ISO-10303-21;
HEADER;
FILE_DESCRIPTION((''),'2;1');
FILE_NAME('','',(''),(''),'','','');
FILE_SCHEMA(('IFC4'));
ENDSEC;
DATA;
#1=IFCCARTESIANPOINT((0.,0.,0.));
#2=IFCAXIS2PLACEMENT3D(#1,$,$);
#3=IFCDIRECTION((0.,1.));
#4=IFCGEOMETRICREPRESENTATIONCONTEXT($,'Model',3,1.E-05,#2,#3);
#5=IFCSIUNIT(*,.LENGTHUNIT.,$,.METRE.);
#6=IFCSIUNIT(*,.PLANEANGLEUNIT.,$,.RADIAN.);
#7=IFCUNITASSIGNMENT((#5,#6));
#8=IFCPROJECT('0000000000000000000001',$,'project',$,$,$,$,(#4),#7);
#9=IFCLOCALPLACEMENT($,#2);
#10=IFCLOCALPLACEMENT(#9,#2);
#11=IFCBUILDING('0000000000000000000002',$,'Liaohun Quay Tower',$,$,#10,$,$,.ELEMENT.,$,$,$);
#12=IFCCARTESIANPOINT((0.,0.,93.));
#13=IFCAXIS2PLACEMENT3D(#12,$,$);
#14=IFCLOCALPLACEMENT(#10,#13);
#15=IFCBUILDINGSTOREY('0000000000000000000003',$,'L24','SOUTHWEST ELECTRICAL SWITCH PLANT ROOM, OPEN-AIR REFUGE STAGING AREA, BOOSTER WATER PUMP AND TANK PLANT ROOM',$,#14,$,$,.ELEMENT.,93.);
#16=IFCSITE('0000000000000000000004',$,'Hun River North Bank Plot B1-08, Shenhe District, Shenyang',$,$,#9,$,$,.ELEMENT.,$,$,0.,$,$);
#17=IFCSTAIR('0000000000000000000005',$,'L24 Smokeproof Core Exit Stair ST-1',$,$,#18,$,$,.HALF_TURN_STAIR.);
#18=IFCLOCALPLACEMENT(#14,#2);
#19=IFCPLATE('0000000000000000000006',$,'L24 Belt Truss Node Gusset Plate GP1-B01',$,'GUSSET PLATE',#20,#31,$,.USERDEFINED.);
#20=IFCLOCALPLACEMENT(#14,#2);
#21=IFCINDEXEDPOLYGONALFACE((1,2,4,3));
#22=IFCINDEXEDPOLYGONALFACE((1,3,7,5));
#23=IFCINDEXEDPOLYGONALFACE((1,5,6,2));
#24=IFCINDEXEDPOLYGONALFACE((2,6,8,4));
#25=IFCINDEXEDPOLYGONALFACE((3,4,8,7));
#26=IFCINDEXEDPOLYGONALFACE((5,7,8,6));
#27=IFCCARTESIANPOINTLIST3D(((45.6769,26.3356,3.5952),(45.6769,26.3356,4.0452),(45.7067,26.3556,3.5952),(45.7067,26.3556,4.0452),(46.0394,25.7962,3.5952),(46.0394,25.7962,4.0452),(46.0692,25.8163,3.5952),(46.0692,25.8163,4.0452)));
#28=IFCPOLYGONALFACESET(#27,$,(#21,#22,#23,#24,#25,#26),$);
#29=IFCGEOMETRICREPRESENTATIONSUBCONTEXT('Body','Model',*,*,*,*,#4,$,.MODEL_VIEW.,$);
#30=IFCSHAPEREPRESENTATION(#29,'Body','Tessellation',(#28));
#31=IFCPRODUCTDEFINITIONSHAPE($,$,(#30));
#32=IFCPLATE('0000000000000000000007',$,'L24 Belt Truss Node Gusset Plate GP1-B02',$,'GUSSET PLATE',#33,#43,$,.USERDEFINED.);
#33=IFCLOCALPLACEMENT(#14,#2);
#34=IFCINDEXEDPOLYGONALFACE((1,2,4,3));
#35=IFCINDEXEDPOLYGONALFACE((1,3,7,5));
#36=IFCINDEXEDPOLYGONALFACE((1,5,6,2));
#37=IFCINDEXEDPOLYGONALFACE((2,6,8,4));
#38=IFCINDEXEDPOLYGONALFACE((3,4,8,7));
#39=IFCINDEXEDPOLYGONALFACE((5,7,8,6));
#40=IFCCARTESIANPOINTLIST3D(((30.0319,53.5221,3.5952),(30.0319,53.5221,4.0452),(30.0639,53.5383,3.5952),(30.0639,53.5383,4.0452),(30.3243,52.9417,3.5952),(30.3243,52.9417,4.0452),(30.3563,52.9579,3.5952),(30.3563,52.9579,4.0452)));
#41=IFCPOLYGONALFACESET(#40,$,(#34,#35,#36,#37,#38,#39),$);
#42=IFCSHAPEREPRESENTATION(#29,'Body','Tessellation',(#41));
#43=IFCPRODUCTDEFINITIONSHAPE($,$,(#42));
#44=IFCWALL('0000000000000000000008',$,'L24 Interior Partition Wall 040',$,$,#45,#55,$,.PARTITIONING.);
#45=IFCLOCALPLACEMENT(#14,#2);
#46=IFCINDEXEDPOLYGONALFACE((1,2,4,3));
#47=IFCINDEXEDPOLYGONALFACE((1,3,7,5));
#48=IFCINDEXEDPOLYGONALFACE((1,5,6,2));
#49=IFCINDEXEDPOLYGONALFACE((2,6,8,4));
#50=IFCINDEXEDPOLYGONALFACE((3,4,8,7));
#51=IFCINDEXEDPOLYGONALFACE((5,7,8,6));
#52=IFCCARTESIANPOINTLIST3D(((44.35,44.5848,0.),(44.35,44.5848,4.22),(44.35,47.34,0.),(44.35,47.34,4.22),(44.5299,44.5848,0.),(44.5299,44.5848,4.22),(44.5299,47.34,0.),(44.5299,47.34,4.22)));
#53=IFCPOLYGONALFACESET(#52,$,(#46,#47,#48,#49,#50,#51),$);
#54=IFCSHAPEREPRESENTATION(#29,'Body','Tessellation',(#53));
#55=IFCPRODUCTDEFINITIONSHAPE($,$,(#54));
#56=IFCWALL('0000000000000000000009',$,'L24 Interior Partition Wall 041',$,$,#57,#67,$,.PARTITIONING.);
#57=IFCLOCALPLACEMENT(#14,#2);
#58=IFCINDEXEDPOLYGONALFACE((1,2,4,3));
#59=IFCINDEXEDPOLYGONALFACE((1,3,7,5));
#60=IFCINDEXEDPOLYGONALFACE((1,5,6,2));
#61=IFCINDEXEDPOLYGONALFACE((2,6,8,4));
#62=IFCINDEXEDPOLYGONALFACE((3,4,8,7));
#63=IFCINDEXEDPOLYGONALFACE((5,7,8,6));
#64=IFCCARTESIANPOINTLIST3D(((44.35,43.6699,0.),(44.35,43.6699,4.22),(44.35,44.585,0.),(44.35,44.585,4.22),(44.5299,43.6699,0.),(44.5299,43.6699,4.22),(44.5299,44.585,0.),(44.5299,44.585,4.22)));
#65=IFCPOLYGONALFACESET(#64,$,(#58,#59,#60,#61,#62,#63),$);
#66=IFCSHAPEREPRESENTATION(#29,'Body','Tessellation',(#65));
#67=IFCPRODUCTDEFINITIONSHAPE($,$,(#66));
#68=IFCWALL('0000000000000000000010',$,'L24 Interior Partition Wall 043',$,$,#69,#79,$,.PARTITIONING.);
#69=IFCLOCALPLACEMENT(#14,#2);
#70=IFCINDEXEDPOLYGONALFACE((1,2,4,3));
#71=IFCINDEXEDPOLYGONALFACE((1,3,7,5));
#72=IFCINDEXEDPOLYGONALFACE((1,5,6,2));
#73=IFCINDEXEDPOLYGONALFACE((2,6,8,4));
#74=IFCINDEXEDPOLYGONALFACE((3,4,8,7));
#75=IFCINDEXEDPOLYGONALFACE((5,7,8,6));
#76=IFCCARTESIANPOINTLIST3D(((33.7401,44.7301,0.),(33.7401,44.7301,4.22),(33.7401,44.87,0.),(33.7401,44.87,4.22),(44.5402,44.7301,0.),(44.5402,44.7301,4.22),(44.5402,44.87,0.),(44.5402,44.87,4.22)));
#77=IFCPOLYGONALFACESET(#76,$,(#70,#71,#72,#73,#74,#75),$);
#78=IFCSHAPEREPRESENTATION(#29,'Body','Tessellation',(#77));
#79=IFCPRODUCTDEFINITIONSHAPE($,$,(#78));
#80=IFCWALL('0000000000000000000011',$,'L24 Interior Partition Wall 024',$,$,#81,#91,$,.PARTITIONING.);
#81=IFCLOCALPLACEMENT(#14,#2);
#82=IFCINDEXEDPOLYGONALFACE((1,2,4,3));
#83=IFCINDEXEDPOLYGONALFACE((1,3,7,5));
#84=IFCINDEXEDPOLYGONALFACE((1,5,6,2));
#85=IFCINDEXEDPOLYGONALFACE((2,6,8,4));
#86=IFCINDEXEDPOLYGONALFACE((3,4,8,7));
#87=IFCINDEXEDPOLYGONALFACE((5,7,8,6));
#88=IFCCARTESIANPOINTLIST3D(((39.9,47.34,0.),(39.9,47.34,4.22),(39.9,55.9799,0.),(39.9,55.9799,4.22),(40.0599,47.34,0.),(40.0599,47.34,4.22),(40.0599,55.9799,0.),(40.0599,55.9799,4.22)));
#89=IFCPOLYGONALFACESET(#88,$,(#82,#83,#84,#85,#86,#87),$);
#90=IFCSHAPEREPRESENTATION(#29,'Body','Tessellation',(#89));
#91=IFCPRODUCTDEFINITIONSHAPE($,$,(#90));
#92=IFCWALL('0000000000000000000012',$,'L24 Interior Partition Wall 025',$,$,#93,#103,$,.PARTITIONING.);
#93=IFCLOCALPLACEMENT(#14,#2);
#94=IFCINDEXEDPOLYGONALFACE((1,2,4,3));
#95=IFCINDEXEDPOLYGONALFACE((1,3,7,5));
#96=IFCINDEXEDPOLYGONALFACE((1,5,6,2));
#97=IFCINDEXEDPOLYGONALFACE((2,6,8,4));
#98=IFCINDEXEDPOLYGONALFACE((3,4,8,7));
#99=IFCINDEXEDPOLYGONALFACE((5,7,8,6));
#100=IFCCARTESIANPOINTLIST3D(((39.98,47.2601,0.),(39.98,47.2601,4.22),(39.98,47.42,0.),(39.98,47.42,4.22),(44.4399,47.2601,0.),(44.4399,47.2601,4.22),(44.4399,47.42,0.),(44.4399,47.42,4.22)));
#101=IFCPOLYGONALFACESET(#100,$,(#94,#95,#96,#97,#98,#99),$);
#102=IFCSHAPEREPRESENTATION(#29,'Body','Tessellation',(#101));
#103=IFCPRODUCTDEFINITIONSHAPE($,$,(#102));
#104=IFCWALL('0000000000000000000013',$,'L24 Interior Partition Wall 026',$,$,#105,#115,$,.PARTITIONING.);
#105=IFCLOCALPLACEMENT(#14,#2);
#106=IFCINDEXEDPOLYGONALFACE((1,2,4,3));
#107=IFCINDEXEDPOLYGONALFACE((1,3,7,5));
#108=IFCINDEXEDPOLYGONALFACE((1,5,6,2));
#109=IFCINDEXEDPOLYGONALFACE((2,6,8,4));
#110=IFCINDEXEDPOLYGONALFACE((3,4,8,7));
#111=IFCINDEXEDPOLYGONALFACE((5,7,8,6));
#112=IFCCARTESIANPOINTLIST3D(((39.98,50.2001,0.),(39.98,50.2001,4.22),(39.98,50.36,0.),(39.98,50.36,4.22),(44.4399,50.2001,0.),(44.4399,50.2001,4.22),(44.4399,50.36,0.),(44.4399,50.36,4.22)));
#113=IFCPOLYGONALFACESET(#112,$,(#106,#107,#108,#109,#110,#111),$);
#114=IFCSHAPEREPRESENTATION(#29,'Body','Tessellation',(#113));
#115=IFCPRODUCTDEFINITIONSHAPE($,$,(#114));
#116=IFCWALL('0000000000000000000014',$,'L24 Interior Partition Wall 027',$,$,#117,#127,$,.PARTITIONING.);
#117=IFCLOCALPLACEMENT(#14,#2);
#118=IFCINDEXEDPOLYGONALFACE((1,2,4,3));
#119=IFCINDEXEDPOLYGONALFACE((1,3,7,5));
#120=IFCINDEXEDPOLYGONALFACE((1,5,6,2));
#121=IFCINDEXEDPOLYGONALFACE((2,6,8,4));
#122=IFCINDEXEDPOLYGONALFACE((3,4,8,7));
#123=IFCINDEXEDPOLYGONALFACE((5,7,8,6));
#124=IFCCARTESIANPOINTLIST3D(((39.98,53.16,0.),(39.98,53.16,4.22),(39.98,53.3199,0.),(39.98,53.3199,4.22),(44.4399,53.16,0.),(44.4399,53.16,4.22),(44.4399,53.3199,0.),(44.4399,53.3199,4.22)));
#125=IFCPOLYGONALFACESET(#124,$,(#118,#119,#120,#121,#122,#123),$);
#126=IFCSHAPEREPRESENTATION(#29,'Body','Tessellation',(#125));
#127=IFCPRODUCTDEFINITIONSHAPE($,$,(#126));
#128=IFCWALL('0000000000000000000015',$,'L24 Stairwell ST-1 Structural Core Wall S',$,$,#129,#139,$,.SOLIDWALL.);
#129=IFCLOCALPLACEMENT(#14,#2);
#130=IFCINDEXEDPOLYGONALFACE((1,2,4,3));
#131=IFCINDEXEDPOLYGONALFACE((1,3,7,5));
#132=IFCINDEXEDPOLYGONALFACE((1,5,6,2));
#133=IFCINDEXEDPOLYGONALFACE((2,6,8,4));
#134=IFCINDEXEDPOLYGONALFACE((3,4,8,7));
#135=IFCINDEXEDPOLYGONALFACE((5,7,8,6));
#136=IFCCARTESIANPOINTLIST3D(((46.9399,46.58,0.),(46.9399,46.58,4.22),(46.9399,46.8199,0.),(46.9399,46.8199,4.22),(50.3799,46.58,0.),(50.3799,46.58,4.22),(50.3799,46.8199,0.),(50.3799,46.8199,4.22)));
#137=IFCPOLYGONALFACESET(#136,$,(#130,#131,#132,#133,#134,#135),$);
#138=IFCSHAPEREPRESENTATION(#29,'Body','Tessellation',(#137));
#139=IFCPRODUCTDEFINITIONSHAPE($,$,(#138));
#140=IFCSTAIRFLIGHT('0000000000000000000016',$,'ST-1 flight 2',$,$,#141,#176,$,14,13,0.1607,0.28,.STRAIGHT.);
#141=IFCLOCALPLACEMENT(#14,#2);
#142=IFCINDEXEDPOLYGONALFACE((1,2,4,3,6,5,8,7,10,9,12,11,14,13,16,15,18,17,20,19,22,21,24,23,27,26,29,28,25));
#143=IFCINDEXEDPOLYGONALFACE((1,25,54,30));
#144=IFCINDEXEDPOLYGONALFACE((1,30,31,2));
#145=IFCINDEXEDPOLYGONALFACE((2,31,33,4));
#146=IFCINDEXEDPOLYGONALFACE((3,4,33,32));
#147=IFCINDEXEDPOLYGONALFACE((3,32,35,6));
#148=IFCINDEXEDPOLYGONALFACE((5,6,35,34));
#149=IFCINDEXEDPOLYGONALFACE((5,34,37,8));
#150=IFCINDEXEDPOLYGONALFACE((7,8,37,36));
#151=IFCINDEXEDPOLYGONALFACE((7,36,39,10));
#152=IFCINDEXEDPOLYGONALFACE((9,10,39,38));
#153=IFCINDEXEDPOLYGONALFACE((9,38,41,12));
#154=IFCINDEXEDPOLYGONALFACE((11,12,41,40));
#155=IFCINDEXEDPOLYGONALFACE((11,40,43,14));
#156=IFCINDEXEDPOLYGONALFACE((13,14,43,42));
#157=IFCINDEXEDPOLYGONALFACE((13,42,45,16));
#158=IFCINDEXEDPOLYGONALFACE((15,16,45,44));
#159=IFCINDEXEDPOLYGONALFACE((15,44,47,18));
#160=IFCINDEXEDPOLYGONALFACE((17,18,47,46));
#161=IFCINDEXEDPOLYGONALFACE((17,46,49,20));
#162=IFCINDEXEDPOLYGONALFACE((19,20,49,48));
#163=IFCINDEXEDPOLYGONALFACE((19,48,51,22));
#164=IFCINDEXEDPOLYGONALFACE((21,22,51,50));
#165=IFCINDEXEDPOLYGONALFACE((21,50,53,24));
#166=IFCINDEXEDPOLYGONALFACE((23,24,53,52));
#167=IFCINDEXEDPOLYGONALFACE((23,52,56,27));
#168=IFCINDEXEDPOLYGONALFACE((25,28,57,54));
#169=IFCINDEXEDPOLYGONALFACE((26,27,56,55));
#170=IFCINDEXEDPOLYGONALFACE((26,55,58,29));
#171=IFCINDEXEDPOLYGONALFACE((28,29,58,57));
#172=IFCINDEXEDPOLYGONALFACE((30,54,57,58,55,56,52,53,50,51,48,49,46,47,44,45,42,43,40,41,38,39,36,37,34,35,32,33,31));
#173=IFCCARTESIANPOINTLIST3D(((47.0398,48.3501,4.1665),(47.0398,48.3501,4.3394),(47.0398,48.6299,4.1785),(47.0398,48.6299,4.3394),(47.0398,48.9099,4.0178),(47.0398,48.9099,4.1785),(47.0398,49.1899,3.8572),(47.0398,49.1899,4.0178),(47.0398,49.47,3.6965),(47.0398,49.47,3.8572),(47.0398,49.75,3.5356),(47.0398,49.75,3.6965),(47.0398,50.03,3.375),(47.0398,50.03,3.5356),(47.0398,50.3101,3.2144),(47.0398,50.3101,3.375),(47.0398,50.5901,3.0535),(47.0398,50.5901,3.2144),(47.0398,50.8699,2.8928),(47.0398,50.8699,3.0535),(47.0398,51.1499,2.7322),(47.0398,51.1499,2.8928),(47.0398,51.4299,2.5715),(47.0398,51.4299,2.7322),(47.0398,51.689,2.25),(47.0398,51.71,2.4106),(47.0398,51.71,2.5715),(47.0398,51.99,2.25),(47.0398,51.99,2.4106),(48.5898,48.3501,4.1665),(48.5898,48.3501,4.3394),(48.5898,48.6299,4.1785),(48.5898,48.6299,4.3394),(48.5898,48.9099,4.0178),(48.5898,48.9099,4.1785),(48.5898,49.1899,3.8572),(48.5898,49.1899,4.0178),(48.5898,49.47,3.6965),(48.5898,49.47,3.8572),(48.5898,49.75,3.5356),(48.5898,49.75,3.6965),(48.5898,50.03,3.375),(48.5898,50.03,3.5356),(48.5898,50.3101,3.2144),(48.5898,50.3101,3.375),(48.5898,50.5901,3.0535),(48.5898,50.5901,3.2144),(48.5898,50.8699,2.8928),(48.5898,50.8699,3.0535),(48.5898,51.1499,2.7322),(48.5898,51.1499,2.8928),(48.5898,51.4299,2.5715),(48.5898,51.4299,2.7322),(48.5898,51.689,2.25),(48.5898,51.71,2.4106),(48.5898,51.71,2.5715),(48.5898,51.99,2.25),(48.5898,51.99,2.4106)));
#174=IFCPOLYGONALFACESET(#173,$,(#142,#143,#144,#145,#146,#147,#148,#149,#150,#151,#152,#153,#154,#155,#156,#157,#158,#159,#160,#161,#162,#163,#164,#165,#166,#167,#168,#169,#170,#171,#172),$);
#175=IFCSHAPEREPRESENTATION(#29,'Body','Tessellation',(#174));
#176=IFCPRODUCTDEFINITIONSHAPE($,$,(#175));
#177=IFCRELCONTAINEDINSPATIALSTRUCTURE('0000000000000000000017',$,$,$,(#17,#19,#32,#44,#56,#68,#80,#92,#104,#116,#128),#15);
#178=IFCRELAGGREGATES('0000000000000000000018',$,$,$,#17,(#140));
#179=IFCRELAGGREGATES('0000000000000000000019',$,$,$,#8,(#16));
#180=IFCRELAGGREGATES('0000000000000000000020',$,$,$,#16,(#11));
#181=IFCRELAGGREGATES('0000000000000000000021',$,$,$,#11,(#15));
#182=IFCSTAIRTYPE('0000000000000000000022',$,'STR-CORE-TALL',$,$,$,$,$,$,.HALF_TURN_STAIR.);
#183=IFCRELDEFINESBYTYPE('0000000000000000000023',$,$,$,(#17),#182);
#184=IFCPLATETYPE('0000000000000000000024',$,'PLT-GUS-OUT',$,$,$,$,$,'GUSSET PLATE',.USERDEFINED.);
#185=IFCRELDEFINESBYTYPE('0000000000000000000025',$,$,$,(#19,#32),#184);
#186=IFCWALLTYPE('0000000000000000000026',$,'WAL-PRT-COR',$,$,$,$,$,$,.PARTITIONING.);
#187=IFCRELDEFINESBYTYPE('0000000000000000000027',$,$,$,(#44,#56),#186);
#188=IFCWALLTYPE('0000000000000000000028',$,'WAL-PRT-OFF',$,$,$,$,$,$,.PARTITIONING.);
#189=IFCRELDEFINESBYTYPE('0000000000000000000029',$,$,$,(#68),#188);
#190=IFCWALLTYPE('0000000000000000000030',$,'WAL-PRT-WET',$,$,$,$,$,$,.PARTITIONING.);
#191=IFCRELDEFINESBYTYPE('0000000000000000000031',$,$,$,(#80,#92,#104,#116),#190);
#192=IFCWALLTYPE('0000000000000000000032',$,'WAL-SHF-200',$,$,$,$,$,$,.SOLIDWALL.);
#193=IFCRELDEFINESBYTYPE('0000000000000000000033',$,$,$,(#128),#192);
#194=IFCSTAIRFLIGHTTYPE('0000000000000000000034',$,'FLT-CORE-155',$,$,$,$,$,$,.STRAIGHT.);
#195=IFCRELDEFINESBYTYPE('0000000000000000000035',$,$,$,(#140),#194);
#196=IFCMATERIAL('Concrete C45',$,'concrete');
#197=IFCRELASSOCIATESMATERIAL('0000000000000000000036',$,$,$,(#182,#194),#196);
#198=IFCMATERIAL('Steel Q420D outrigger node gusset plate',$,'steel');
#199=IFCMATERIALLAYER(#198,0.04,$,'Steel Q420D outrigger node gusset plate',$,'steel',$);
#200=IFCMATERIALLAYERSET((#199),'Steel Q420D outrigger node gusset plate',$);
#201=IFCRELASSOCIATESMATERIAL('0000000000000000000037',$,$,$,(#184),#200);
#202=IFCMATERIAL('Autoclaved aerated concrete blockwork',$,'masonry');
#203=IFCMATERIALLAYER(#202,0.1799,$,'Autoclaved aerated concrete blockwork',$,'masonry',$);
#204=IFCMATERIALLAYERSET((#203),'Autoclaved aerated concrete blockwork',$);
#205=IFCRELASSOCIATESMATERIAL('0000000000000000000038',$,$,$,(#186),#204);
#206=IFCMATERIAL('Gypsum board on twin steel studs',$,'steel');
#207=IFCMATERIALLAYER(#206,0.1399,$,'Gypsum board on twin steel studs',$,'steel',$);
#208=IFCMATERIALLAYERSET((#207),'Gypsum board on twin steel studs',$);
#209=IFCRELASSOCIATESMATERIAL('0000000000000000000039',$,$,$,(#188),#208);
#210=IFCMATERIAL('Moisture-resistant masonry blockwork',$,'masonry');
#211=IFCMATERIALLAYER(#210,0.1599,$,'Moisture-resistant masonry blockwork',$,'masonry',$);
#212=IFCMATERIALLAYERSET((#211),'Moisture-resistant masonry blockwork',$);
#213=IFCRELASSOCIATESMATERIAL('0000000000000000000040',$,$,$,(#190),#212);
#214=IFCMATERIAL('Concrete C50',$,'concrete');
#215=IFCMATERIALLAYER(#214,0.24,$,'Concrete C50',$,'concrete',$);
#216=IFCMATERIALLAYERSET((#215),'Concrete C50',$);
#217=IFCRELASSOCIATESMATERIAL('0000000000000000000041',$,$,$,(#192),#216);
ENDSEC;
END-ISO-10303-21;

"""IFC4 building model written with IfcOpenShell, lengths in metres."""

from ifc_helpers import new_model, si_unit, direction, frame, frame_2d, origin, origin_2d, place, context, subcontext, project, spatial, polyline, rectangle, outline, extrude, source, transform, mapped, material, layer, layer_set, type_object, element, aggregate, save


model = new_model("IFC4")

# Units and contexts
model_context = context("Model", 3, precision=1e-05, world=origin(), true_north=direction((0.0, 1.0)))
body_context = subcontext(model_context, "Body", "Model", "MODEL_VIEW")
ifc_project = project(units=[si_unit("LENGTHUNIT", "METRE"), si_unit("PLANEANGLEUNIT", "RADIAN")], contexts=[model_context])

# Site, building, storey
site_placement = place(None, origin())
site = spatial("IfcSite", under=ifc_project, at=site_placement, Name="Hun River North Bank Plot B1-08, Shenhe District, Shenyang", CompositionType="ELEMENT", RefElevation=0.0)
building_placement = place(site_placement, origin())
building = spatial("IfcBuilding", under=site, at=building_placement, Name="Liaohun Quay Tower", CompositionType="ELEMENT")
storey_placement = place(building_placement, frame((0.0, 0.0, 93.0)))
storey = spatial("IfcBuildingStorey", under=building, at=storey_placement, Name="L24", Description="SOUTHWEST ELECTRICAL SWITCH PLANT ROOM, OPEN-AIR REFUGE STAGING AREA, BOOSTER WATER PUMP AND TANK PLANT ROOM", CompositionType="ELEMENT", Elevation=93.0)

# Stair
ifc_material_1 = material(Name="Concrete C45", Category="concrete")
stair_type = type_object("IfcStairType", Name="STR-CORE-TALL", PredefinedType="HALF_TURN_STAIR", material=ifc_material_1)
stair_1_placement = place(storey_placement, origin())
stair_1 = element("IfcStair", 1, at=stair_1_placement, inside=storey, type_object=stair_type, Name="L24 Smokeproof Core Exit Stair ST-1", PredefinedType="HALF_TURN_STAIR")

# Shared definitions
ifc_material_2 = material(Name="Concrete C50", Category="concrete")

# Plates
ifc_material_3 = material(Name="Steel Q420D outrigger node gusset plate", Category="steel")
ifc_layer_1 = layer(ifc_material_3, 0.04, Name="Steel Q420D outrigger node gusset plate", Category="steel")
ifc_layer_set_1 = layer_set([ifc_layer_1], Name="Steel Q420D outrigger node gusset plate")
plate_type = type_object("IfcPlateType", Name="PLT-GUS-OUT", ElementType="GUSSET PLATE", PredefinedType="USERDEFINED", material=ifc_layer_set_1)
shared_shape_1 = source(origin(), body_context, "Body", "SweptSolid", [
    extrude(rectangle(XDim=0.6499, YDim=0.0359, at=origin_2d()), origin(), (0.0, 0.0, 1.0), 0.45),
])
for number, where, z_axis, x_axis, name in (
    (2, (45.873, 26.0759, 3.5952), (0.0, 0.0, 1.0), (-0.55789, 0.829915, 0.0), "L24 Belt Truss Node Gusset Plate GP1-B01"),
    (3, (30.1941, 53.24, 3.5952), (0.0, 0.0, 1.0), (-0.449943, 0.893057, 0.0), "L24 Belt Truss Node Gusset Plate GP1-B02"),
):
    element("IfcPlate", number, at=place(storey_placement, frame(where, z_axis=z_axis, x_axis=x_axis)), inside=storey, type_object=plate_type, Name=name, ObjectType="GUSSET PLATE", PredefinedType="USERDEFINED", context=body_context, shape_type="MappedRepresentation", body=[
        mapped(shared_shape_1, transform((0.0, 0.0, 0.0), x_axis=(1.0, 0.0, 0.0), y_axis=(0.0, 1.0, 0.0), z_axis=(0.0, 0.0, 1.0), scale=1.0)),
    ])

# Walls
ifc_material_4 = material(Name="Autoclaved aerated concrete blockwork", Category="masonry")
ifc_layer_2 = layer(ifc_material_4, 0.1799, Name="Autoclaved aerated concrete blockwork", Category="masonry")
ifc_layer_set_2 = layer_set([ifc_layer_2], Name="Autoclaved aerated concrete blockwork")
wall_type_1 = type_object("IfcWallType", Name="WAL-PRT-COR", PredefinedType="PARTITIONING", material=ifc_layer_set_2)
wall_1_placement = place(storey_placement, frame((44.4399, 44.585, 0.0), z_axis=(0.0, 0.0, 1.0), x_axis=(0.0, 1.0, 0.0)))
element("IfcWall", 4, at=wall_1_placement, inside=storey, type_object=wall_type_1, Name="L24 Interior Partition Wall 040", PredefinedType="PARTITIONING", context=body_context, shape_type="SweptSolid", body=[
    extrude(rectangle(XDim=2.7551, YDim=0.1799, at=frame_2d((1.3774, 0.0))), origin(), (0.0, 0.0, 1.0), 4.22),
])
wall_2_placement = place(storey_placement, frame((44.4399, 43.6699, 0.0), z_axis=(0.0, 0.0, 1.0), x_axis=(0.0, 1.0, 0.0)))
element("IfcWall", 5, at=wall_2_placement, inside=storey, type_object=wall_type_1, Name="L24 Interior Partition Wall 041", PredefinedType="PARTITIONING", context=body_context, shape_type="SweptSolid", body=[
    extrude(rectangle(XDim=0.915, YDim=0.1799, at=frame_2d((0.4575, 0.0))), origin(), (0.0, 0.0, 1.0), 4.22),
])
ifc_material_5 = material(Name="Gypsum board on twin steel studs", Category="steel")
ifc_layer_3 = layer(ifc_material_5, 0.1399, Name="Gypsum board on twin steel studs", Category="steel")
ifc_layer_set_3 = layer_set([ifc_layer_3], Name="Gypsum board on twin steel studs")
wall_type_2 = type_object("IfcWallType", Name="WAL-PRT-OFF", PredefinedType="PARTITIONING", material=ifc_layer_set_3)
wall_3_placement = place(storey_placement, frame((44.54, 44.8, 0.0), z_axis=(0.0, 0.0, 1.0), x_axis=(-1.0, 0.0, 0.0)))
element("IfcWall", 6, at=wall_3_placement, inside=storey, type_object=wall_type_2, Name="L24 Interior Partition Wall 043", PredefinedType="PARTITIONING", context=body_context, shape_type="SweptSolid", body=[
    extrude(rectangle(XDim=10.8, YDim=0.1399, at=frame_2d((5.3999, 0.0))), origin(), (0.0, 0.0, 1.0), 4.22),
])

# Shared definitions
ifc_material_6 = material(Name="Moisture-resistant masonry blockwork", Category="masonry")
ifc_layer_4 = layer(ifc_material_6, 0.1599, Name="Moisture-resistant masonry blockwork", Category="masonry")
ifc_layer_set_4 = layer_set([ifc_layer_4], Name="Moisture-resistant masonry blockwork")
wall_type_3 = type_object("IfcWallType", Name="WAL-PRT-WET", PredefinedType="PARTITIONING", material=ifc_layer_set_4)

# Walls
wall_4_placement = place(storey_placement, frame((39.98, 47.3401, 0.0), z_axis=(0.0, 0.0, 1.0), x_axis=(0.0, 1.0, 0.0)))
element("IfcWall", 7, at=wall_4_placement, inside=storey, type_object=wall_type_3, Name="L24 Interior Partition Wall 024", PredefinedType="PARTITIONING", context=body_context, shape_type="SweptSolid", body=[
    extrude(rectangle(XDim=8.6399, YDim=0.1599, at=frame_2d((4.3198, 0.0))), origin(), (0.0, 0.0, 1.0), 4.22),
])
for number, where, z_axis, x_axis, name in (
    (8, (39.98, 47.3401, 0.0), (0.0, 0.0, 1.0), (1.0, 0.0, 0.0), "L24 Interior Partition Wall 025"),
    (9, (39.98, 50.28, 0.0), (0.0, 0.0, 1.0), (1.0, 0.0, 0.0), "L24 Interior Partition Wall 026"),
    (10, (39.98, 53.24, 0.0), (0.0, 0.0, 1.0), (1.0, 0.0, 0.0), "L24 Interior Partition Wall 027"),
):
    element("IfcWall", number, at=place(storey_placement, frame(where, z_axis=z_axis, x_axis=x_axis)), inside=storey, type_object=wall_type_3, Name=name, PredefinedType="PARTITIONING", context=body_context, shape_type="SweptSolid", body=[
        extrude(rectangle(XDim=4.46, YDim=0.1599, at=frame_2d((2.23, 0.0))), origin(), (0.0, 0.0, 1.0), 4.22),
    ])
ifc_layer_5 = layer(ifc_material_2, 0.24, Name="Concrete C50", Category="concrete")
ifc_layer_set_5 = layer_set([ifc_layer_5], Name="Concrete C50")
wall_type_4 = type_object("IfcWallType", Name="WAL-SHF-200", PredefinedType="SOLIDWALL", material=ifc_layer_set_5)
wall_5_placement = place(storey_placement, frame((46.9399, 46.7, 0.0), z_axis=(0.0, 0.0, 1.0), x_axis=(1.0, 0.0, 0.0)))
element("IfcWall", 11, at=wall_5_placement, inside=storey, type_object=wall_type_4, Name="L24 Stairwell ST-1 Structural Core Wall S", PredefinedType="SOLIDWALL", context=body_context, shape_type="SweptSolid", body=[
    extrude(rectangle(XDim=3.4399, YDim=0.24, at=frame_2d((1.72, 0.0))), origin(), (0.0, 0.0, 1.0), 4.22),
])

# Stair flight
stair_flight_type = type_object("IfcStairFlightType", Name="FLT-CORE-155", PredefinedType="STRAIGHT", material=ifc_material_1)
stair_flight_placement = place(storey_placement, frame((47.8149, 51.99, 2.25), z_axis=(0.0, 0.0, 1.0), x_axis=(0.0, -1.0, 0.0)))
stair_flight = element("IfcStairFlight", 12, at=stair_flight_placement, type_object=stair_flight_type, Name="ST-1 flight 2", NumberOfRisers=14, NumberOfTreads=13, PredefinedType="STRAIGHT", RiserHeight=0.1607, TreadLength=0.28, context=body_context, shape_type="SweptSolid", body=[
    extrude(outline(polyline([(0.0, 0.0), (0.0, 0.1606), (0.28, 0.1606), (0.28, 0.3215), (0.5601, 0.3215), (0.5601, 0.4822), (0.8401, 0.4822), (0.8401, 0.6428), (1.1201, 0.6428), (1.1201, 0.8035), (1.3999, 0.8035), (1.3999, 0.9644), (1.6799, 0.9644), (1.6799, 1.125), (1.96, 1.125), (1.96, 1.2856), (2.24, 1.2856), (2.24, 1.4465), (2.52, 1.4465), (2.52, 1.6072), (2.8, 1.6072), (2.8, 1.7678), (3.0801, 1.7678), (3.0801, 1.9285), (3.3601, 1.9285), (3.3601, 2.0894), (3.6399, 2.0894), (3.6399, 2.25), (3.6399, 1.9165), (0.301, 0.0), (0.0, 0.0)])), frame((0.0, 0.7749, 0.0), z_axis=(0.0, -1.0, 0.0), x_axis=(1.0, 0.0, 0.0)), (0.0, 0.0, 1.0), 1.55),
])
aggregate(stair_1, [stair_flight])

save(model, "model.ifc")
